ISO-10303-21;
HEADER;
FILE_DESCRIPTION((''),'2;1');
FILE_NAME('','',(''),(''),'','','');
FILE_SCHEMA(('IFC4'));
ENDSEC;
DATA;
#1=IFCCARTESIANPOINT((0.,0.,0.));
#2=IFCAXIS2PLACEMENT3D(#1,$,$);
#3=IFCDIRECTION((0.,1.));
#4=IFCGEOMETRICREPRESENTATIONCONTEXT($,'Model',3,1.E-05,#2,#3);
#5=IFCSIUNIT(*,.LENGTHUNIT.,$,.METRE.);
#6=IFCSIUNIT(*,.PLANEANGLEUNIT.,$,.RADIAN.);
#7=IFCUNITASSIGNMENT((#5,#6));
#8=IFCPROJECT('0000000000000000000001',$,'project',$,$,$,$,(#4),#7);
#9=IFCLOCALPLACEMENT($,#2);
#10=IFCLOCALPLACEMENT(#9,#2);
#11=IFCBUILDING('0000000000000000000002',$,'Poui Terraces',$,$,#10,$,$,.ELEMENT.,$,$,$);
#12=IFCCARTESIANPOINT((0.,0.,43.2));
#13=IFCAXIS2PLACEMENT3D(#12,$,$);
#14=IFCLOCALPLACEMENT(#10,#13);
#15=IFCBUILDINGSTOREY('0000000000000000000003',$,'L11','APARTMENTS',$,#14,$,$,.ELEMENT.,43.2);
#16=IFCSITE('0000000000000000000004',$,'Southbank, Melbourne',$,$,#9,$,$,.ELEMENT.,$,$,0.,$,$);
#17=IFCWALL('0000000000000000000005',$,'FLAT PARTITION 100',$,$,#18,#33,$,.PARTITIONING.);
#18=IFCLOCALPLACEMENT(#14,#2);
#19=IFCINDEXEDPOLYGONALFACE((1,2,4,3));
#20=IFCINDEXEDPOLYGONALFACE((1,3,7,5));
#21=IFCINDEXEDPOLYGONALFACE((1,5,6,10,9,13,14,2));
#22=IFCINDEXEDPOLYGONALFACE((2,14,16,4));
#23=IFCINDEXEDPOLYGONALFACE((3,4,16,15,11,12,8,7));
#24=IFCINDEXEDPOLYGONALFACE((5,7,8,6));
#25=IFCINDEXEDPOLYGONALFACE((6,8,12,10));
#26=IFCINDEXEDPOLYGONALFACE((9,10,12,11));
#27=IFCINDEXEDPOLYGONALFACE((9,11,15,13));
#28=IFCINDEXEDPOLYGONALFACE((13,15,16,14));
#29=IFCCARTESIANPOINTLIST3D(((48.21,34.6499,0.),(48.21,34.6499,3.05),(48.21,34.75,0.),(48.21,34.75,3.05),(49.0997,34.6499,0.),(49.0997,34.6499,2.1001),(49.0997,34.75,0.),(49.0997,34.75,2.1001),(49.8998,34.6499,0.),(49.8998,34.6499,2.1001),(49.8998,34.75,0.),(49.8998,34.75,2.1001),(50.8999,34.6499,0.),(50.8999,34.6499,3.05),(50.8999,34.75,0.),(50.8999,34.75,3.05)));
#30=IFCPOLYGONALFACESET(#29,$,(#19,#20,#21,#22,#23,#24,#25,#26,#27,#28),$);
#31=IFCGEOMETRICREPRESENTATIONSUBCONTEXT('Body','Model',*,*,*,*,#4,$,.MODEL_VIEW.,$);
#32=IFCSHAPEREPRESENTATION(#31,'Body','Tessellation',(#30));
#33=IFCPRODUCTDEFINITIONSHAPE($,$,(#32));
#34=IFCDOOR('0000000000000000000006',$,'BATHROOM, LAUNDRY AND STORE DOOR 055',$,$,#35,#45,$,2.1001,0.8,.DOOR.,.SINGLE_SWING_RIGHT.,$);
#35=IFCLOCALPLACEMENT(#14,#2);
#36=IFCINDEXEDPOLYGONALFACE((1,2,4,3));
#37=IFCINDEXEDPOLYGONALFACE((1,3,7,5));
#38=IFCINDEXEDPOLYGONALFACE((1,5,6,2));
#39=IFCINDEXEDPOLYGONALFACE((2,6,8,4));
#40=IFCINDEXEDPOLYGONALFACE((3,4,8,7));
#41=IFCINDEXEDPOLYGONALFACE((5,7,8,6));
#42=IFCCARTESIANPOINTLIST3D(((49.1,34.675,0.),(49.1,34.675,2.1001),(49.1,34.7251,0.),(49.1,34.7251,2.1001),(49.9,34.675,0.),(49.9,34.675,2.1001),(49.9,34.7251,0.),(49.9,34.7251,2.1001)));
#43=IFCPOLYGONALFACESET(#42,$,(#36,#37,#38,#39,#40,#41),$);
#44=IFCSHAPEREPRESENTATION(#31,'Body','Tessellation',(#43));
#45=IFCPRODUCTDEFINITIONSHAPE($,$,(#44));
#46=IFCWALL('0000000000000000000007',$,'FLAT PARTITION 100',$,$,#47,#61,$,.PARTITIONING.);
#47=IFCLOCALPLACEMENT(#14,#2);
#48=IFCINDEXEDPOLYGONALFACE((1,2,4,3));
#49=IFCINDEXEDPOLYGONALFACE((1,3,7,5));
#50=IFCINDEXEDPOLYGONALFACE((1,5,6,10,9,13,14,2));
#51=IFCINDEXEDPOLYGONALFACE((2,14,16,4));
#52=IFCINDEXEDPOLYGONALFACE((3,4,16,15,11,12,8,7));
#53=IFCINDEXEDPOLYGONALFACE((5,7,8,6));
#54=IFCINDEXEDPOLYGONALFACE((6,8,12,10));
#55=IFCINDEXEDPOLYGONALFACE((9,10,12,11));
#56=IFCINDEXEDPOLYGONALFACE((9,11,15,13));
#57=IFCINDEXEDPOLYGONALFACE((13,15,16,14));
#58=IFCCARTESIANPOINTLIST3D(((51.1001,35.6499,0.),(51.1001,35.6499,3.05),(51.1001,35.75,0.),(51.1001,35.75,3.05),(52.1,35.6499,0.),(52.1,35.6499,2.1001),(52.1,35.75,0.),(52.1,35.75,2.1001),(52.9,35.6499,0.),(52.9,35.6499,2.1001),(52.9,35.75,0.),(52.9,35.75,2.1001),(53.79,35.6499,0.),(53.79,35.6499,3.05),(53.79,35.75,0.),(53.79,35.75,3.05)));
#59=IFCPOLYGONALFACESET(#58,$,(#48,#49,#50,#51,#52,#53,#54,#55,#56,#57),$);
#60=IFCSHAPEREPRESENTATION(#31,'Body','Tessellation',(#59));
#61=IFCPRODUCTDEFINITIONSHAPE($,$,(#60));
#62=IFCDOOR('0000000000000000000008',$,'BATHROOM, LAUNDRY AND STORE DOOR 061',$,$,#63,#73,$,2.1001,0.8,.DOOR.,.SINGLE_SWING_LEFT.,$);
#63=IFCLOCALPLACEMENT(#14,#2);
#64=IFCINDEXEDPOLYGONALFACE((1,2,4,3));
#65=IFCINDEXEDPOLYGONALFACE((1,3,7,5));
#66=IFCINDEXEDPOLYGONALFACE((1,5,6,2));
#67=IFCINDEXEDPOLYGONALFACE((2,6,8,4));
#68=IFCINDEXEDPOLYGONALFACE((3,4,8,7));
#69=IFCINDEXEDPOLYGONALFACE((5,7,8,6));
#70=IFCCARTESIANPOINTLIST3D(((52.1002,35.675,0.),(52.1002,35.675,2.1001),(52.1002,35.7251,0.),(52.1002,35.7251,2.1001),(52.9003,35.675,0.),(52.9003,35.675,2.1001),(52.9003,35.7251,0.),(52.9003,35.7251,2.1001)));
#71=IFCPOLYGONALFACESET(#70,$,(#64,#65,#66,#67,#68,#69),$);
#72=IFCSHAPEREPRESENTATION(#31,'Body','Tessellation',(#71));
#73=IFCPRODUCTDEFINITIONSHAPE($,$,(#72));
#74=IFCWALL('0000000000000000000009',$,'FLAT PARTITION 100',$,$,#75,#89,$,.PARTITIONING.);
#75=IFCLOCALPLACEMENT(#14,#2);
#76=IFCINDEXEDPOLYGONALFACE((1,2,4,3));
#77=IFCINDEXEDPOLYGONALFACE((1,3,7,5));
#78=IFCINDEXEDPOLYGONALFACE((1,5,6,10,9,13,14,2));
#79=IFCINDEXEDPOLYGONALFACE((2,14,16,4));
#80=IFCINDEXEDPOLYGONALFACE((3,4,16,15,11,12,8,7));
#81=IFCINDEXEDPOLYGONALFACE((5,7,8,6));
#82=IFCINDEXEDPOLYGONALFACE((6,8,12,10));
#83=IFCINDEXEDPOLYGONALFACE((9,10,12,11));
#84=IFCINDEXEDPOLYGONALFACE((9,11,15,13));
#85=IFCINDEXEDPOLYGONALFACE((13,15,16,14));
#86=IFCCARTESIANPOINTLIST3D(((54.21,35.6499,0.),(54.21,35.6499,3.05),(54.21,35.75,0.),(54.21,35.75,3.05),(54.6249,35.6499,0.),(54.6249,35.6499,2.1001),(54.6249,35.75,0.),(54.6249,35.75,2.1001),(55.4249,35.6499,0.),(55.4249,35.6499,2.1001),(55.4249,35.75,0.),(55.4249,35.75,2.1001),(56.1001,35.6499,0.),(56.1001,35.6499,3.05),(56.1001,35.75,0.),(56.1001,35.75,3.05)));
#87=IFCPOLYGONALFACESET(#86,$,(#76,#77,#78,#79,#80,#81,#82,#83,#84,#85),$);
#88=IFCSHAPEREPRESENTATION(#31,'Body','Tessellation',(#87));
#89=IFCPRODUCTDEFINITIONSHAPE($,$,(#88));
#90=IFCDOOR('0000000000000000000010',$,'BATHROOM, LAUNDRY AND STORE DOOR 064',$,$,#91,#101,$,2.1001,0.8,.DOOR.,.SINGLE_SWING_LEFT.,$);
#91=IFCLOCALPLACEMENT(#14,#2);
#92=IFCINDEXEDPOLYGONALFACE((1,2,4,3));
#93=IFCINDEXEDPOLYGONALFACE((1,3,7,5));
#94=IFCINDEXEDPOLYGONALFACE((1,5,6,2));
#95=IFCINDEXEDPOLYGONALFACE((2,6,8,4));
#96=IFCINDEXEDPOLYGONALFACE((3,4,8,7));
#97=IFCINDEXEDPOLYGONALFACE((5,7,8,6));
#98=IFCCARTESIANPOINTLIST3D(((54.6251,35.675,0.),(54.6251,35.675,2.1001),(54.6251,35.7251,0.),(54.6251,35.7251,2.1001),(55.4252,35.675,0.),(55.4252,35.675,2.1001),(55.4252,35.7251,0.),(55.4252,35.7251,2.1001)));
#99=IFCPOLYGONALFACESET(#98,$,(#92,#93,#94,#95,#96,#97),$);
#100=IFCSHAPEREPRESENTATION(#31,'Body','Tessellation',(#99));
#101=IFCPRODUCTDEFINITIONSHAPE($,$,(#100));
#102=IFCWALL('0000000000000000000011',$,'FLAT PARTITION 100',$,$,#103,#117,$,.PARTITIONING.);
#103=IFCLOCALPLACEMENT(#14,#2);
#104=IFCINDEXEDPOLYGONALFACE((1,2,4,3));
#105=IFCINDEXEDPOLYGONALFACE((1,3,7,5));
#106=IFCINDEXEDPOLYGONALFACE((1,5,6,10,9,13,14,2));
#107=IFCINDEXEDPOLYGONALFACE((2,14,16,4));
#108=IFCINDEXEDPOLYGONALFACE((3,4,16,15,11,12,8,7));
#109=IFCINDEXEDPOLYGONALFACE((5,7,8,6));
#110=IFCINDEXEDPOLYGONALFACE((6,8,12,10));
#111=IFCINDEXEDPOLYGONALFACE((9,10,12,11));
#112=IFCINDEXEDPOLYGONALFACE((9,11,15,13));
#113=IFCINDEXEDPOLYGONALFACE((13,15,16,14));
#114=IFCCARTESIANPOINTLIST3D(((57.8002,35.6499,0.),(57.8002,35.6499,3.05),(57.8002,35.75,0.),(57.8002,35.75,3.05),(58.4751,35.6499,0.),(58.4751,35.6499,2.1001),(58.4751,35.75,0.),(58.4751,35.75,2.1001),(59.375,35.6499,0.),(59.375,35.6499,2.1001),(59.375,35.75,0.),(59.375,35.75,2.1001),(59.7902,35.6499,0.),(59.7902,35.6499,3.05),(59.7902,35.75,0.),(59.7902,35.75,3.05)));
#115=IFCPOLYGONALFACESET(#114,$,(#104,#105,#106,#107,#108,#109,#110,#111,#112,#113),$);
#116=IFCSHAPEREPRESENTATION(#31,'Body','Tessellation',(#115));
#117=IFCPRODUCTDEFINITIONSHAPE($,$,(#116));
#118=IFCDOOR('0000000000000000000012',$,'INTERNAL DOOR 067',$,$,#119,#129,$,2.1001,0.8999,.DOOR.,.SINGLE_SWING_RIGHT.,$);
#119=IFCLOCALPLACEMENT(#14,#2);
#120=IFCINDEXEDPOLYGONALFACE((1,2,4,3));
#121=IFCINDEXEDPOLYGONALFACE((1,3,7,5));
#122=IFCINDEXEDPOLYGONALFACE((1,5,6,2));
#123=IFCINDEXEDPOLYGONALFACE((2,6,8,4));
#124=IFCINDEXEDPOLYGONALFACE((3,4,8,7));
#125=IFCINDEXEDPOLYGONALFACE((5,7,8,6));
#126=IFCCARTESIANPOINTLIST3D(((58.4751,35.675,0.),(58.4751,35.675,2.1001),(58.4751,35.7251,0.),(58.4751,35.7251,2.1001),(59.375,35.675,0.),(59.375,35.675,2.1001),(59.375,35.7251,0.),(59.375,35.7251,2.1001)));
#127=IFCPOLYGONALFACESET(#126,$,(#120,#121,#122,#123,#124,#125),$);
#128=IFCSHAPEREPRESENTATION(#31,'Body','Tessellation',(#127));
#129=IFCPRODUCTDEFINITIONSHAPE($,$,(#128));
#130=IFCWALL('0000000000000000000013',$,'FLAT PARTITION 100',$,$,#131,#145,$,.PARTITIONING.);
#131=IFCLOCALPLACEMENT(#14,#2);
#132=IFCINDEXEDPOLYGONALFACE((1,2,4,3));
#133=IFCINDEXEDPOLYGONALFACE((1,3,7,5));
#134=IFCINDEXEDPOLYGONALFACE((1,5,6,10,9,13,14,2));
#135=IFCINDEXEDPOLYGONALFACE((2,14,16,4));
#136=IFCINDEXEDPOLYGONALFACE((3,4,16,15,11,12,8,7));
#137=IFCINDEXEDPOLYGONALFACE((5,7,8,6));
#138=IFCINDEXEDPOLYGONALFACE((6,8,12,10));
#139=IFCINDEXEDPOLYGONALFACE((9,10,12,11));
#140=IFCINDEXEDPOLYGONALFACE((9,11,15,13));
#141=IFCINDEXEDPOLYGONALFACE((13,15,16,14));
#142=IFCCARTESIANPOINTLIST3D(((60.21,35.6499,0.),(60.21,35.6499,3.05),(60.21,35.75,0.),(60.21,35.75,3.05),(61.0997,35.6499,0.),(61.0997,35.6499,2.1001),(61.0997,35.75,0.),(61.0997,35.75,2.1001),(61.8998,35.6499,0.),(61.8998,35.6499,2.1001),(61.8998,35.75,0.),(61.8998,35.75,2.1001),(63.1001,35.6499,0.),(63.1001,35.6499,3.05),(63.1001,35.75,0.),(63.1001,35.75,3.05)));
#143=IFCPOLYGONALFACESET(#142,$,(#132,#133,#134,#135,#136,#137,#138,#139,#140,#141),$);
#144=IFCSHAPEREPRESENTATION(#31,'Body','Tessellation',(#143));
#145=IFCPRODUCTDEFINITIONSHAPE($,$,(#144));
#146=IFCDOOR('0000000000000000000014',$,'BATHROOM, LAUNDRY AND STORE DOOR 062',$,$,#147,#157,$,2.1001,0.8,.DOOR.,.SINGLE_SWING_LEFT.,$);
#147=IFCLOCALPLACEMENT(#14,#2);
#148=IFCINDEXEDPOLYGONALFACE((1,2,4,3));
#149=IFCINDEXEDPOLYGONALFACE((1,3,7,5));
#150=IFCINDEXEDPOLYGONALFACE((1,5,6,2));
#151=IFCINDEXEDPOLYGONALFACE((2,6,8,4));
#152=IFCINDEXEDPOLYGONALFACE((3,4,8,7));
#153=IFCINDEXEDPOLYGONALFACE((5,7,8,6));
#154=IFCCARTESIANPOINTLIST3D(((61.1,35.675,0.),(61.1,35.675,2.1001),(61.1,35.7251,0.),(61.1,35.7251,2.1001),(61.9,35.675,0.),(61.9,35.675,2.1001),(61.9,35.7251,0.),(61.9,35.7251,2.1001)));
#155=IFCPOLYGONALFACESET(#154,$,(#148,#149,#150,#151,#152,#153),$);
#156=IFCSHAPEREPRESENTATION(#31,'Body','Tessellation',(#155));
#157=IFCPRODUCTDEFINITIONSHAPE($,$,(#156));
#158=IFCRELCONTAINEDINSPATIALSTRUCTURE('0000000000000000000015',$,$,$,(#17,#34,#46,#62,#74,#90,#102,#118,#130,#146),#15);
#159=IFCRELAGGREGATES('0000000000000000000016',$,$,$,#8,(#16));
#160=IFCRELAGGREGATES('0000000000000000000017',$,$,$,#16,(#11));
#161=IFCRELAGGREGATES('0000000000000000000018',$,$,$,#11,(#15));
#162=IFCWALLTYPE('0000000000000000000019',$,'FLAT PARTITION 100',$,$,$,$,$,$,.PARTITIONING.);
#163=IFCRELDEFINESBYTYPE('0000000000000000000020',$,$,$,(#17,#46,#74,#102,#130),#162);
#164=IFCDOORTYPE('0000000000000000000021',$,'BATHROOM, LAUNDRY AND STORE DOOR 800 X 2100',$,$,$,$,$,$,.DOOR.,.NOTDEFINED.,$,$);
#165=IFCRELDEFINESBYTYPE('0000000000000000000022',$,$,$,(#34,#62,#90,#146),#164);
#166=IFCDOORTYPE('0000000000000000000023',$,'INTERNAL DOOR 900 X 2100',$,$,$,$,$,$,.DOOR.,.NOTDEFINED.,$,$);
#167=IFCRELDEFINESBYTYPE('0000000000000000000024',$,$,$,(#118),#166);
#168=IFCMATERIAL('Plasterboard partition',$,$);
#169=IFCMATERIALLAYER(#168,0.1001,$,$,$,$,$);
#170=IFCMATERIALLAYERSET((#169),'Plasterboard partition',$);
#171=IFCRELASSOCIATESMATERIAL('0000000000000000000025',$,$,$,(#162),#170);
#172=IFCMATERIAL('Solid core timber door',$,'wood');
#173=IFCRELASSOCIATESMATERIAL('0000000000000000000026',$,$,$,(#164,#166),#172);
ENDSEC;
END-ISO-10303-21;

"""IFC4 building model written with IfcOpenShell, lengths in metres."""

from ifc_helpers import new_model, si_unit, direction, frame, frame_2d, origin, place, context, subcontext, project, spatial, rectangle, extrude, material, layer, layer_set, type_object, element, fill, save


model = new_model("IFC4")

# Units and contexts
model_context = context("Model", 3, precision=1e-05, world=origin(), true_north=direction((0.0, 1.0)))
body_context = subcontext(model_context, "Body", "Model", "MODEL_VIEW")
ifc_project = project(units=[si_unit("LENGTHUNIT", "METRE"), si_unit("PLANEANGLEUNIT", "RADIAN")], contexts=[model_context])

# Site, building, storey
site_placement = place(None, origin())
site = spatial("IfcSite", under=ifc_project, at=site_placement, Name="Southbank, Melbourne", CompositionType="ELEMENT", RefElevation=0.0)
building_placement = place(site_placement, origin())
building = spatial("IfcBuilding", under=site, at=building_placement, Name="Poui Terraces", CompositionType="ELEMENT")
storey_placement = place(building_placement, frame((0.0, 0.0, 43.2)))
storey = spatial("IfcBuildingStorey", under=building, at=storey_placement, Name="L11", Description="APARTMENTS", CompositionType="ELEMENT", Elevation=43.2)

# Walls, openings, doors
ifc_material_1 = material(Name="Plasterboard partition")
ifc_layer_1 = layer(ifc_material_1, 0.1001)
ifc_layer_set_1 = layer_set([ifc_layer_1], Name="Plasterboard partition")
wall_type_1 = type_object("IfcWallType", Name="FLAT PARTITION 100", PredefinedType="PARTITIONING", material=ifc_layer_set_1)
wall_1_placement = place(storey_placement, frame((48.21, 34.7, 0.0), z_axis=(0.0, 0.0, 1.0), x_axis=(1.0, 0.0, 0.0)))
wall_1 = element("IfcWall", 1, at=wall_1_placement, inside=storey, type_object=wall_type_1, Name="FLAT PARTITION 100", PredefinedType="PARTITIONING", context=body_context, shape_type="SweptSolid", body=[
    extrude(rectangle(XDim=2.6899, YDim=0.1001, at=frame_2d((1.345, 0.0))), origin(), (0.0, 0.0, 1.0), 3.05),
])
opening_1_placement = place(wall_1_placement, frame((0.8899, 0.0, 0.0)))
opening_1 = element("IfcOpeningElement", 2, at=opening_1_placement, cuts=wall_1, PredefinedType="OPENING", context=body_context, shape_type="SweptSolid", body=[
    extrude(rectangle(XDim=0.8, YDim=2.1001, at=frame_2d((0.3999, 1.05))), frame((0.0, 0.0601, 0.0), z_axis=(0.0, -1.0, 0.0), x_axis=(1.0, 0.0, 0.0)), (0.0, 0.0, 1.0), 0.1201),
])
ifc_material_2 = material(Name="Solid core timber door", Category="wood")
door_type_1 = type_object("IfcDoorType", Name="BATHROOM, LAUNDRY AND STORE DOOR 800 X 2100", OperationType="NOTDEFINED", PredefinedType="DOOR", material=ifc_material_2)
door_1_placement = place(opening_1_placement, frame((0.8, 0.0, 0.0), z_axis=(0.0, 0.0, 1.0), x_axis=(-1.0, 0.0, 0.0)))
door_1 = element("IfcDoor", 3, at=door_1_placement, inside=storey, type_object=door_type_1, Name="BATHROOM, LAUNDRY AND STORE DOOR 055", OperationType="SINGLE_SWING_RIGHT", OverallHeight=2.1001, OverallWidth=0.8, PredefinedType="DOOR", context=body_context, shape_type="SweptSolid", body=[
    extrude(rectangle(XDim=0.8, YDim=2.1001, at=frame_2d((0.3999, 1.05))), frame((0.0, 0.0249, 0.0), z_axis=(0.0, -1.0, 0.0), x_axis=(1.0, 0.0, 0.0)), (0.0, 0.0, 1.0), 0.05),
])
fill(opening_1, door_1)
wall_2_placement = place(storey_placement, frame((51.1001, 35.7, 0.0), z_axis=(0.0, 0.0, 1.0), x_axis=(1.0, 0.0, 0.0)))
wall_2 = element("IfcWall", 4, at=wall_2_placement, inside=storey, type_object=wall_type_1, Name="FLAT PARTITION 100", PredefinedType="PARTITIONING", context=body_context, shape_type="SweptSolid", body=[
    extrude(rectangle(XDim=2.6899, YDim=0.1001, at=frame_2d((1.345, 0.0))), origin(), (0.0, 0.0, 1.0), 3.05),
])
opening_2_placement = place(wall_2_placement, frame((1.0, 0.0, 0.0)))
opening_2 = element("IfcOpeningElement", 5, at=opening_2_placement, cuts=wall_2, PredefinedType="OPENING", context=body_context, shape_type="SweptSolid", body=[
    extrude(rectangle(XDim=0.8, YDim=2.1001, at=frame_2d((0.3999, 1.05))), frame((0.0, 0.0601, 0.0), z_axis=(0.0, -1.0, 0.0), x_axis=(1.0, 0.0, 0.0)), (0.0, 0.0, 1.0), 0.1201),
])
door_2_placement = place(opening_2_placement, frame((0.8, 0.0, 0.0), z_axis=(0.0, 0.0, 1.0), x_axis=(-1.0, 0.0, 0.0)))
door_2 = element("IfcDoor", 6, at=door_2_placement, inside=storey, type_object=door_type_1, Name="BATHROOM, LAUNDRY AND STORE DOOR 061", OperationType="SINGLE_SWING_LEFT", OverallHeight=2.1001, OverallWidth=0.8, PredefinedType="DOOR", context=body_context, shape_type="SweptSolid", body=[
    extrude(rectangle(XDim=0.8, YDim=2.1001, at=frame_2d((0.3999, 1.05))), frame((0.0, 0.0249, 0.0), z_axis=(0.0, -1.0, 0.0), x_axis=(1.0, 0.0, 0.0)), (0.0, 0.0, 1.0), 0.05),
])
fill(opening_2, door_2)
wall_3_placement = place(storey_placement, frame((54.21, 35.7, 0.0), z_axis=(0.0, 0.0, 1.0), x_axis=(1.0, 0.0, 0.0)))
wall_3 = element("IfcWall", 7, at=wall_3_placement, inside=storey, type_object=wall_type_1, Name="FLAT PARTITION 100", PredefinedType="PARTITIONING", context=body_context, shape_type="SweptSolid", body=[
    extrude(rectangle(XDim=1.8901, YDim=0.1001, at=frame_2d((0.9451, 0.0))), origin(), (0.0, 0.0, 1.0), 3.05),
])
opening_3_placement = place(wall_3_placement, frame((0.415, 0.0, 0.0)))
opening_3 = element("IfcOpeningElement", 8, at=opening_3_placement, cuts=wall_3, PredefinedType="OPENING", context=body_context, shape_type="SweptSolid", body=[
    extrude(rectangle(XDim=0.8, YDim=2.1001, at=frame_2d((0.3999, 1.05))), frame((0.0, 0.0601, 0.0), z_axis=(0.0, -1.0, 0.0), x_axis=(1.0, 0.0, 0.0)), (0.0, 0.0, 1.0), 0.1201),
])
door_3_placement = place(opening_3_placement, frame((0.8, 0.0, 0.0), z_axis=(0.0, 0.0, 1.0), x_axis=(-1.0, 0.0, 0.0)))
door_3 = element("IfcDoor", 9, at=door_3_placement, inside=storey, type_object=door_type_1, Name="BATHROOM, LAUNDRY AND STORE DOOR 064", OperationType="SINGLE_SWING_LEFT", OverallHeight=2.1001, OverallWidth=0.8, PredefinedType="DOOR", context=body_context, shape_type="SweptSolid", body=[
    extrude(rectangle(XDim=0.8, YDim=2.1001, at=frame_2d((0.3999, 1.05))), frame((0.0, 0.0249, 0.0), z_axis=(0.0, -1.0, 0.0), x_axis=(1.0, 0.0, 0.0)), (0.0, 0.0, 1.0), 0.05),
])
fill(opening_3, door_3)
wall_4_placement = place(storey_placement, frame((57.8, 35.7, 0.0), z_axis=(0.0, 0.0, 1.0), x_axis=(1.0, 0.0, 0.0)))
wall_4 = element("IfcWall", 10, at=wall_4_placement, inside=storey, type_object=wall_type_1, Name="FLAT PARTITION 100", PredefinedType="PARTITIONING", context=body_context, shape_type="SweptSolid", body=[
    extrude(rectangle(XDim=1.99, YDim=0.1001, at=frame_2d((0.9951, 0.0))), origin(), (0.0, 0.0, 1.0), 3.05),
])
opening_4_placement = place(wall_4_placement, frame((0.675, 0.0, 0.0)))
opening_4 = element("IfcOpeningElement", 11, at=opening_4_placement, cuts=wall_4, PredefinedType="OPENING", context=body_context, shape_type="SweptSolid", body=[
    extrude(rectangle(XDim=0.8999, YDim=2.1001, at=frame_2d((0.45, 1.05))), frame((0.0, 0.0601, 0.0), z_axis=(0.0, -1.0, 0.0), x_axis=(1.0, 0.0, 0.0)), (0.0, 0.0, 1.0), 0.1201),
])
door_type_2 = type_object("IfcDoorType", Name="INTERNAL DOOR 900 X 2100", OperationType="NOTDEFINED", PredefinedType="DOOR", material=ifc_material_2)
door_4_placement = place(opening_4_placement, frame((0.8999, 0.0, 0.0), z_axis=(0.0, 0.0, 1.0), x_axis=(-1.0, 0.0, 0.0)))
door_4 = element("IfcDoor", 12, at=door_4_placement, inside=storey, type_object=door_type_2, Name="INTERNAL DOOR 067", OperationType="SINGLE_SWING_RIGHT", OverallHeight=2.1001, OverallWidth=0.8999, PredefinedType="DOOR", context=body_context, shape_type="SweptSolid", body=[
    extrude(rectangle(XDim=0.8999, YDim=2.1001, at=frame_2d((0.45, 1.05))), frame((0.0, 0.0249, 0.0), z_axis=(0.0, -1.0, 0.0), x_axis=(1.0, 0.0, 0.0)), (0.0, 0.0, 1.0), 0.05),
])
fill(opening_4, door_4)
wall_5_placement = place(storey_placement, frame((60.21, 35.7, 0.0), z_axis=(0.0, 0.0, 1.0), x_axis=(1.0, 0.0, 0.0)))
wall_5 = element("IfcWall", 13, at=wall_5_placement, inside=storey, type_object=wall_type_1, Name="FLAT PARTITION 100", PredefinedType="PARTITIONING", context=body_context, shape_type="SweptSolid", body=[
    extrude(rectangle(XDim=2.8901, YDim=0.1001, at=frame_2d((1.4451, 0.0))), origin(), (0.0, 0.0, 1.0), 3.05),
])
opening_5_placement = place(wall_5_placement, frame((0.8899, 0.0, 0.0)))
opening_5 = element("IfcOpeningElement", 14, at=opening_5_placement, cuts=wall_5, PredefinedType="OPENING", context=body_context, shape_type="SweptSolid", body=[
    extrude(rectangle(XDim=0.8, YDim=2.1001, at=frame_2d((0.3999, 1.05))), frame((0.0, 0.0601, 0.0), z_axis=(0.0, -1.0, 0.0), x_axis=(1.0, 0.0, 0.0)), (0.0, 0.0, 1.0), 0.1201),
])
door_5_placement = place(opening_5_placement, frame((0.8, 0.0, 0.0), z_axis=(0.0, 0.0, 1.0), x_axis=(-1.0, 0.0, 0.0)))
door_5 = element("IfcDoor", 15, at=door_5_placement, inside=storey, type_object=door_type_1, Name="BATHROOM, LAUNDRY AND STORE DOOR 062", OperationType="SINGLE_SWING_LEFT", OverallHeight=2.1001, OverallWidth=0.8, PredefinedType="DOOR", context=body_context, shape_type="SweptSolid", body=[
    extrude(rectangle(XDim=0.8, YDim=2.1001, at=frame_2d((0.3999, 1.05))), frame((0.0, 0.0249, 0.0), z_axis=(0.0, -1.0, 0.0), x_axis=(1.0, 0.0, 0.0)), (0.0, 0.0, 1.0), 0.05),
])
fill(opening_5, door_5)

save(model, "model.ifc")
